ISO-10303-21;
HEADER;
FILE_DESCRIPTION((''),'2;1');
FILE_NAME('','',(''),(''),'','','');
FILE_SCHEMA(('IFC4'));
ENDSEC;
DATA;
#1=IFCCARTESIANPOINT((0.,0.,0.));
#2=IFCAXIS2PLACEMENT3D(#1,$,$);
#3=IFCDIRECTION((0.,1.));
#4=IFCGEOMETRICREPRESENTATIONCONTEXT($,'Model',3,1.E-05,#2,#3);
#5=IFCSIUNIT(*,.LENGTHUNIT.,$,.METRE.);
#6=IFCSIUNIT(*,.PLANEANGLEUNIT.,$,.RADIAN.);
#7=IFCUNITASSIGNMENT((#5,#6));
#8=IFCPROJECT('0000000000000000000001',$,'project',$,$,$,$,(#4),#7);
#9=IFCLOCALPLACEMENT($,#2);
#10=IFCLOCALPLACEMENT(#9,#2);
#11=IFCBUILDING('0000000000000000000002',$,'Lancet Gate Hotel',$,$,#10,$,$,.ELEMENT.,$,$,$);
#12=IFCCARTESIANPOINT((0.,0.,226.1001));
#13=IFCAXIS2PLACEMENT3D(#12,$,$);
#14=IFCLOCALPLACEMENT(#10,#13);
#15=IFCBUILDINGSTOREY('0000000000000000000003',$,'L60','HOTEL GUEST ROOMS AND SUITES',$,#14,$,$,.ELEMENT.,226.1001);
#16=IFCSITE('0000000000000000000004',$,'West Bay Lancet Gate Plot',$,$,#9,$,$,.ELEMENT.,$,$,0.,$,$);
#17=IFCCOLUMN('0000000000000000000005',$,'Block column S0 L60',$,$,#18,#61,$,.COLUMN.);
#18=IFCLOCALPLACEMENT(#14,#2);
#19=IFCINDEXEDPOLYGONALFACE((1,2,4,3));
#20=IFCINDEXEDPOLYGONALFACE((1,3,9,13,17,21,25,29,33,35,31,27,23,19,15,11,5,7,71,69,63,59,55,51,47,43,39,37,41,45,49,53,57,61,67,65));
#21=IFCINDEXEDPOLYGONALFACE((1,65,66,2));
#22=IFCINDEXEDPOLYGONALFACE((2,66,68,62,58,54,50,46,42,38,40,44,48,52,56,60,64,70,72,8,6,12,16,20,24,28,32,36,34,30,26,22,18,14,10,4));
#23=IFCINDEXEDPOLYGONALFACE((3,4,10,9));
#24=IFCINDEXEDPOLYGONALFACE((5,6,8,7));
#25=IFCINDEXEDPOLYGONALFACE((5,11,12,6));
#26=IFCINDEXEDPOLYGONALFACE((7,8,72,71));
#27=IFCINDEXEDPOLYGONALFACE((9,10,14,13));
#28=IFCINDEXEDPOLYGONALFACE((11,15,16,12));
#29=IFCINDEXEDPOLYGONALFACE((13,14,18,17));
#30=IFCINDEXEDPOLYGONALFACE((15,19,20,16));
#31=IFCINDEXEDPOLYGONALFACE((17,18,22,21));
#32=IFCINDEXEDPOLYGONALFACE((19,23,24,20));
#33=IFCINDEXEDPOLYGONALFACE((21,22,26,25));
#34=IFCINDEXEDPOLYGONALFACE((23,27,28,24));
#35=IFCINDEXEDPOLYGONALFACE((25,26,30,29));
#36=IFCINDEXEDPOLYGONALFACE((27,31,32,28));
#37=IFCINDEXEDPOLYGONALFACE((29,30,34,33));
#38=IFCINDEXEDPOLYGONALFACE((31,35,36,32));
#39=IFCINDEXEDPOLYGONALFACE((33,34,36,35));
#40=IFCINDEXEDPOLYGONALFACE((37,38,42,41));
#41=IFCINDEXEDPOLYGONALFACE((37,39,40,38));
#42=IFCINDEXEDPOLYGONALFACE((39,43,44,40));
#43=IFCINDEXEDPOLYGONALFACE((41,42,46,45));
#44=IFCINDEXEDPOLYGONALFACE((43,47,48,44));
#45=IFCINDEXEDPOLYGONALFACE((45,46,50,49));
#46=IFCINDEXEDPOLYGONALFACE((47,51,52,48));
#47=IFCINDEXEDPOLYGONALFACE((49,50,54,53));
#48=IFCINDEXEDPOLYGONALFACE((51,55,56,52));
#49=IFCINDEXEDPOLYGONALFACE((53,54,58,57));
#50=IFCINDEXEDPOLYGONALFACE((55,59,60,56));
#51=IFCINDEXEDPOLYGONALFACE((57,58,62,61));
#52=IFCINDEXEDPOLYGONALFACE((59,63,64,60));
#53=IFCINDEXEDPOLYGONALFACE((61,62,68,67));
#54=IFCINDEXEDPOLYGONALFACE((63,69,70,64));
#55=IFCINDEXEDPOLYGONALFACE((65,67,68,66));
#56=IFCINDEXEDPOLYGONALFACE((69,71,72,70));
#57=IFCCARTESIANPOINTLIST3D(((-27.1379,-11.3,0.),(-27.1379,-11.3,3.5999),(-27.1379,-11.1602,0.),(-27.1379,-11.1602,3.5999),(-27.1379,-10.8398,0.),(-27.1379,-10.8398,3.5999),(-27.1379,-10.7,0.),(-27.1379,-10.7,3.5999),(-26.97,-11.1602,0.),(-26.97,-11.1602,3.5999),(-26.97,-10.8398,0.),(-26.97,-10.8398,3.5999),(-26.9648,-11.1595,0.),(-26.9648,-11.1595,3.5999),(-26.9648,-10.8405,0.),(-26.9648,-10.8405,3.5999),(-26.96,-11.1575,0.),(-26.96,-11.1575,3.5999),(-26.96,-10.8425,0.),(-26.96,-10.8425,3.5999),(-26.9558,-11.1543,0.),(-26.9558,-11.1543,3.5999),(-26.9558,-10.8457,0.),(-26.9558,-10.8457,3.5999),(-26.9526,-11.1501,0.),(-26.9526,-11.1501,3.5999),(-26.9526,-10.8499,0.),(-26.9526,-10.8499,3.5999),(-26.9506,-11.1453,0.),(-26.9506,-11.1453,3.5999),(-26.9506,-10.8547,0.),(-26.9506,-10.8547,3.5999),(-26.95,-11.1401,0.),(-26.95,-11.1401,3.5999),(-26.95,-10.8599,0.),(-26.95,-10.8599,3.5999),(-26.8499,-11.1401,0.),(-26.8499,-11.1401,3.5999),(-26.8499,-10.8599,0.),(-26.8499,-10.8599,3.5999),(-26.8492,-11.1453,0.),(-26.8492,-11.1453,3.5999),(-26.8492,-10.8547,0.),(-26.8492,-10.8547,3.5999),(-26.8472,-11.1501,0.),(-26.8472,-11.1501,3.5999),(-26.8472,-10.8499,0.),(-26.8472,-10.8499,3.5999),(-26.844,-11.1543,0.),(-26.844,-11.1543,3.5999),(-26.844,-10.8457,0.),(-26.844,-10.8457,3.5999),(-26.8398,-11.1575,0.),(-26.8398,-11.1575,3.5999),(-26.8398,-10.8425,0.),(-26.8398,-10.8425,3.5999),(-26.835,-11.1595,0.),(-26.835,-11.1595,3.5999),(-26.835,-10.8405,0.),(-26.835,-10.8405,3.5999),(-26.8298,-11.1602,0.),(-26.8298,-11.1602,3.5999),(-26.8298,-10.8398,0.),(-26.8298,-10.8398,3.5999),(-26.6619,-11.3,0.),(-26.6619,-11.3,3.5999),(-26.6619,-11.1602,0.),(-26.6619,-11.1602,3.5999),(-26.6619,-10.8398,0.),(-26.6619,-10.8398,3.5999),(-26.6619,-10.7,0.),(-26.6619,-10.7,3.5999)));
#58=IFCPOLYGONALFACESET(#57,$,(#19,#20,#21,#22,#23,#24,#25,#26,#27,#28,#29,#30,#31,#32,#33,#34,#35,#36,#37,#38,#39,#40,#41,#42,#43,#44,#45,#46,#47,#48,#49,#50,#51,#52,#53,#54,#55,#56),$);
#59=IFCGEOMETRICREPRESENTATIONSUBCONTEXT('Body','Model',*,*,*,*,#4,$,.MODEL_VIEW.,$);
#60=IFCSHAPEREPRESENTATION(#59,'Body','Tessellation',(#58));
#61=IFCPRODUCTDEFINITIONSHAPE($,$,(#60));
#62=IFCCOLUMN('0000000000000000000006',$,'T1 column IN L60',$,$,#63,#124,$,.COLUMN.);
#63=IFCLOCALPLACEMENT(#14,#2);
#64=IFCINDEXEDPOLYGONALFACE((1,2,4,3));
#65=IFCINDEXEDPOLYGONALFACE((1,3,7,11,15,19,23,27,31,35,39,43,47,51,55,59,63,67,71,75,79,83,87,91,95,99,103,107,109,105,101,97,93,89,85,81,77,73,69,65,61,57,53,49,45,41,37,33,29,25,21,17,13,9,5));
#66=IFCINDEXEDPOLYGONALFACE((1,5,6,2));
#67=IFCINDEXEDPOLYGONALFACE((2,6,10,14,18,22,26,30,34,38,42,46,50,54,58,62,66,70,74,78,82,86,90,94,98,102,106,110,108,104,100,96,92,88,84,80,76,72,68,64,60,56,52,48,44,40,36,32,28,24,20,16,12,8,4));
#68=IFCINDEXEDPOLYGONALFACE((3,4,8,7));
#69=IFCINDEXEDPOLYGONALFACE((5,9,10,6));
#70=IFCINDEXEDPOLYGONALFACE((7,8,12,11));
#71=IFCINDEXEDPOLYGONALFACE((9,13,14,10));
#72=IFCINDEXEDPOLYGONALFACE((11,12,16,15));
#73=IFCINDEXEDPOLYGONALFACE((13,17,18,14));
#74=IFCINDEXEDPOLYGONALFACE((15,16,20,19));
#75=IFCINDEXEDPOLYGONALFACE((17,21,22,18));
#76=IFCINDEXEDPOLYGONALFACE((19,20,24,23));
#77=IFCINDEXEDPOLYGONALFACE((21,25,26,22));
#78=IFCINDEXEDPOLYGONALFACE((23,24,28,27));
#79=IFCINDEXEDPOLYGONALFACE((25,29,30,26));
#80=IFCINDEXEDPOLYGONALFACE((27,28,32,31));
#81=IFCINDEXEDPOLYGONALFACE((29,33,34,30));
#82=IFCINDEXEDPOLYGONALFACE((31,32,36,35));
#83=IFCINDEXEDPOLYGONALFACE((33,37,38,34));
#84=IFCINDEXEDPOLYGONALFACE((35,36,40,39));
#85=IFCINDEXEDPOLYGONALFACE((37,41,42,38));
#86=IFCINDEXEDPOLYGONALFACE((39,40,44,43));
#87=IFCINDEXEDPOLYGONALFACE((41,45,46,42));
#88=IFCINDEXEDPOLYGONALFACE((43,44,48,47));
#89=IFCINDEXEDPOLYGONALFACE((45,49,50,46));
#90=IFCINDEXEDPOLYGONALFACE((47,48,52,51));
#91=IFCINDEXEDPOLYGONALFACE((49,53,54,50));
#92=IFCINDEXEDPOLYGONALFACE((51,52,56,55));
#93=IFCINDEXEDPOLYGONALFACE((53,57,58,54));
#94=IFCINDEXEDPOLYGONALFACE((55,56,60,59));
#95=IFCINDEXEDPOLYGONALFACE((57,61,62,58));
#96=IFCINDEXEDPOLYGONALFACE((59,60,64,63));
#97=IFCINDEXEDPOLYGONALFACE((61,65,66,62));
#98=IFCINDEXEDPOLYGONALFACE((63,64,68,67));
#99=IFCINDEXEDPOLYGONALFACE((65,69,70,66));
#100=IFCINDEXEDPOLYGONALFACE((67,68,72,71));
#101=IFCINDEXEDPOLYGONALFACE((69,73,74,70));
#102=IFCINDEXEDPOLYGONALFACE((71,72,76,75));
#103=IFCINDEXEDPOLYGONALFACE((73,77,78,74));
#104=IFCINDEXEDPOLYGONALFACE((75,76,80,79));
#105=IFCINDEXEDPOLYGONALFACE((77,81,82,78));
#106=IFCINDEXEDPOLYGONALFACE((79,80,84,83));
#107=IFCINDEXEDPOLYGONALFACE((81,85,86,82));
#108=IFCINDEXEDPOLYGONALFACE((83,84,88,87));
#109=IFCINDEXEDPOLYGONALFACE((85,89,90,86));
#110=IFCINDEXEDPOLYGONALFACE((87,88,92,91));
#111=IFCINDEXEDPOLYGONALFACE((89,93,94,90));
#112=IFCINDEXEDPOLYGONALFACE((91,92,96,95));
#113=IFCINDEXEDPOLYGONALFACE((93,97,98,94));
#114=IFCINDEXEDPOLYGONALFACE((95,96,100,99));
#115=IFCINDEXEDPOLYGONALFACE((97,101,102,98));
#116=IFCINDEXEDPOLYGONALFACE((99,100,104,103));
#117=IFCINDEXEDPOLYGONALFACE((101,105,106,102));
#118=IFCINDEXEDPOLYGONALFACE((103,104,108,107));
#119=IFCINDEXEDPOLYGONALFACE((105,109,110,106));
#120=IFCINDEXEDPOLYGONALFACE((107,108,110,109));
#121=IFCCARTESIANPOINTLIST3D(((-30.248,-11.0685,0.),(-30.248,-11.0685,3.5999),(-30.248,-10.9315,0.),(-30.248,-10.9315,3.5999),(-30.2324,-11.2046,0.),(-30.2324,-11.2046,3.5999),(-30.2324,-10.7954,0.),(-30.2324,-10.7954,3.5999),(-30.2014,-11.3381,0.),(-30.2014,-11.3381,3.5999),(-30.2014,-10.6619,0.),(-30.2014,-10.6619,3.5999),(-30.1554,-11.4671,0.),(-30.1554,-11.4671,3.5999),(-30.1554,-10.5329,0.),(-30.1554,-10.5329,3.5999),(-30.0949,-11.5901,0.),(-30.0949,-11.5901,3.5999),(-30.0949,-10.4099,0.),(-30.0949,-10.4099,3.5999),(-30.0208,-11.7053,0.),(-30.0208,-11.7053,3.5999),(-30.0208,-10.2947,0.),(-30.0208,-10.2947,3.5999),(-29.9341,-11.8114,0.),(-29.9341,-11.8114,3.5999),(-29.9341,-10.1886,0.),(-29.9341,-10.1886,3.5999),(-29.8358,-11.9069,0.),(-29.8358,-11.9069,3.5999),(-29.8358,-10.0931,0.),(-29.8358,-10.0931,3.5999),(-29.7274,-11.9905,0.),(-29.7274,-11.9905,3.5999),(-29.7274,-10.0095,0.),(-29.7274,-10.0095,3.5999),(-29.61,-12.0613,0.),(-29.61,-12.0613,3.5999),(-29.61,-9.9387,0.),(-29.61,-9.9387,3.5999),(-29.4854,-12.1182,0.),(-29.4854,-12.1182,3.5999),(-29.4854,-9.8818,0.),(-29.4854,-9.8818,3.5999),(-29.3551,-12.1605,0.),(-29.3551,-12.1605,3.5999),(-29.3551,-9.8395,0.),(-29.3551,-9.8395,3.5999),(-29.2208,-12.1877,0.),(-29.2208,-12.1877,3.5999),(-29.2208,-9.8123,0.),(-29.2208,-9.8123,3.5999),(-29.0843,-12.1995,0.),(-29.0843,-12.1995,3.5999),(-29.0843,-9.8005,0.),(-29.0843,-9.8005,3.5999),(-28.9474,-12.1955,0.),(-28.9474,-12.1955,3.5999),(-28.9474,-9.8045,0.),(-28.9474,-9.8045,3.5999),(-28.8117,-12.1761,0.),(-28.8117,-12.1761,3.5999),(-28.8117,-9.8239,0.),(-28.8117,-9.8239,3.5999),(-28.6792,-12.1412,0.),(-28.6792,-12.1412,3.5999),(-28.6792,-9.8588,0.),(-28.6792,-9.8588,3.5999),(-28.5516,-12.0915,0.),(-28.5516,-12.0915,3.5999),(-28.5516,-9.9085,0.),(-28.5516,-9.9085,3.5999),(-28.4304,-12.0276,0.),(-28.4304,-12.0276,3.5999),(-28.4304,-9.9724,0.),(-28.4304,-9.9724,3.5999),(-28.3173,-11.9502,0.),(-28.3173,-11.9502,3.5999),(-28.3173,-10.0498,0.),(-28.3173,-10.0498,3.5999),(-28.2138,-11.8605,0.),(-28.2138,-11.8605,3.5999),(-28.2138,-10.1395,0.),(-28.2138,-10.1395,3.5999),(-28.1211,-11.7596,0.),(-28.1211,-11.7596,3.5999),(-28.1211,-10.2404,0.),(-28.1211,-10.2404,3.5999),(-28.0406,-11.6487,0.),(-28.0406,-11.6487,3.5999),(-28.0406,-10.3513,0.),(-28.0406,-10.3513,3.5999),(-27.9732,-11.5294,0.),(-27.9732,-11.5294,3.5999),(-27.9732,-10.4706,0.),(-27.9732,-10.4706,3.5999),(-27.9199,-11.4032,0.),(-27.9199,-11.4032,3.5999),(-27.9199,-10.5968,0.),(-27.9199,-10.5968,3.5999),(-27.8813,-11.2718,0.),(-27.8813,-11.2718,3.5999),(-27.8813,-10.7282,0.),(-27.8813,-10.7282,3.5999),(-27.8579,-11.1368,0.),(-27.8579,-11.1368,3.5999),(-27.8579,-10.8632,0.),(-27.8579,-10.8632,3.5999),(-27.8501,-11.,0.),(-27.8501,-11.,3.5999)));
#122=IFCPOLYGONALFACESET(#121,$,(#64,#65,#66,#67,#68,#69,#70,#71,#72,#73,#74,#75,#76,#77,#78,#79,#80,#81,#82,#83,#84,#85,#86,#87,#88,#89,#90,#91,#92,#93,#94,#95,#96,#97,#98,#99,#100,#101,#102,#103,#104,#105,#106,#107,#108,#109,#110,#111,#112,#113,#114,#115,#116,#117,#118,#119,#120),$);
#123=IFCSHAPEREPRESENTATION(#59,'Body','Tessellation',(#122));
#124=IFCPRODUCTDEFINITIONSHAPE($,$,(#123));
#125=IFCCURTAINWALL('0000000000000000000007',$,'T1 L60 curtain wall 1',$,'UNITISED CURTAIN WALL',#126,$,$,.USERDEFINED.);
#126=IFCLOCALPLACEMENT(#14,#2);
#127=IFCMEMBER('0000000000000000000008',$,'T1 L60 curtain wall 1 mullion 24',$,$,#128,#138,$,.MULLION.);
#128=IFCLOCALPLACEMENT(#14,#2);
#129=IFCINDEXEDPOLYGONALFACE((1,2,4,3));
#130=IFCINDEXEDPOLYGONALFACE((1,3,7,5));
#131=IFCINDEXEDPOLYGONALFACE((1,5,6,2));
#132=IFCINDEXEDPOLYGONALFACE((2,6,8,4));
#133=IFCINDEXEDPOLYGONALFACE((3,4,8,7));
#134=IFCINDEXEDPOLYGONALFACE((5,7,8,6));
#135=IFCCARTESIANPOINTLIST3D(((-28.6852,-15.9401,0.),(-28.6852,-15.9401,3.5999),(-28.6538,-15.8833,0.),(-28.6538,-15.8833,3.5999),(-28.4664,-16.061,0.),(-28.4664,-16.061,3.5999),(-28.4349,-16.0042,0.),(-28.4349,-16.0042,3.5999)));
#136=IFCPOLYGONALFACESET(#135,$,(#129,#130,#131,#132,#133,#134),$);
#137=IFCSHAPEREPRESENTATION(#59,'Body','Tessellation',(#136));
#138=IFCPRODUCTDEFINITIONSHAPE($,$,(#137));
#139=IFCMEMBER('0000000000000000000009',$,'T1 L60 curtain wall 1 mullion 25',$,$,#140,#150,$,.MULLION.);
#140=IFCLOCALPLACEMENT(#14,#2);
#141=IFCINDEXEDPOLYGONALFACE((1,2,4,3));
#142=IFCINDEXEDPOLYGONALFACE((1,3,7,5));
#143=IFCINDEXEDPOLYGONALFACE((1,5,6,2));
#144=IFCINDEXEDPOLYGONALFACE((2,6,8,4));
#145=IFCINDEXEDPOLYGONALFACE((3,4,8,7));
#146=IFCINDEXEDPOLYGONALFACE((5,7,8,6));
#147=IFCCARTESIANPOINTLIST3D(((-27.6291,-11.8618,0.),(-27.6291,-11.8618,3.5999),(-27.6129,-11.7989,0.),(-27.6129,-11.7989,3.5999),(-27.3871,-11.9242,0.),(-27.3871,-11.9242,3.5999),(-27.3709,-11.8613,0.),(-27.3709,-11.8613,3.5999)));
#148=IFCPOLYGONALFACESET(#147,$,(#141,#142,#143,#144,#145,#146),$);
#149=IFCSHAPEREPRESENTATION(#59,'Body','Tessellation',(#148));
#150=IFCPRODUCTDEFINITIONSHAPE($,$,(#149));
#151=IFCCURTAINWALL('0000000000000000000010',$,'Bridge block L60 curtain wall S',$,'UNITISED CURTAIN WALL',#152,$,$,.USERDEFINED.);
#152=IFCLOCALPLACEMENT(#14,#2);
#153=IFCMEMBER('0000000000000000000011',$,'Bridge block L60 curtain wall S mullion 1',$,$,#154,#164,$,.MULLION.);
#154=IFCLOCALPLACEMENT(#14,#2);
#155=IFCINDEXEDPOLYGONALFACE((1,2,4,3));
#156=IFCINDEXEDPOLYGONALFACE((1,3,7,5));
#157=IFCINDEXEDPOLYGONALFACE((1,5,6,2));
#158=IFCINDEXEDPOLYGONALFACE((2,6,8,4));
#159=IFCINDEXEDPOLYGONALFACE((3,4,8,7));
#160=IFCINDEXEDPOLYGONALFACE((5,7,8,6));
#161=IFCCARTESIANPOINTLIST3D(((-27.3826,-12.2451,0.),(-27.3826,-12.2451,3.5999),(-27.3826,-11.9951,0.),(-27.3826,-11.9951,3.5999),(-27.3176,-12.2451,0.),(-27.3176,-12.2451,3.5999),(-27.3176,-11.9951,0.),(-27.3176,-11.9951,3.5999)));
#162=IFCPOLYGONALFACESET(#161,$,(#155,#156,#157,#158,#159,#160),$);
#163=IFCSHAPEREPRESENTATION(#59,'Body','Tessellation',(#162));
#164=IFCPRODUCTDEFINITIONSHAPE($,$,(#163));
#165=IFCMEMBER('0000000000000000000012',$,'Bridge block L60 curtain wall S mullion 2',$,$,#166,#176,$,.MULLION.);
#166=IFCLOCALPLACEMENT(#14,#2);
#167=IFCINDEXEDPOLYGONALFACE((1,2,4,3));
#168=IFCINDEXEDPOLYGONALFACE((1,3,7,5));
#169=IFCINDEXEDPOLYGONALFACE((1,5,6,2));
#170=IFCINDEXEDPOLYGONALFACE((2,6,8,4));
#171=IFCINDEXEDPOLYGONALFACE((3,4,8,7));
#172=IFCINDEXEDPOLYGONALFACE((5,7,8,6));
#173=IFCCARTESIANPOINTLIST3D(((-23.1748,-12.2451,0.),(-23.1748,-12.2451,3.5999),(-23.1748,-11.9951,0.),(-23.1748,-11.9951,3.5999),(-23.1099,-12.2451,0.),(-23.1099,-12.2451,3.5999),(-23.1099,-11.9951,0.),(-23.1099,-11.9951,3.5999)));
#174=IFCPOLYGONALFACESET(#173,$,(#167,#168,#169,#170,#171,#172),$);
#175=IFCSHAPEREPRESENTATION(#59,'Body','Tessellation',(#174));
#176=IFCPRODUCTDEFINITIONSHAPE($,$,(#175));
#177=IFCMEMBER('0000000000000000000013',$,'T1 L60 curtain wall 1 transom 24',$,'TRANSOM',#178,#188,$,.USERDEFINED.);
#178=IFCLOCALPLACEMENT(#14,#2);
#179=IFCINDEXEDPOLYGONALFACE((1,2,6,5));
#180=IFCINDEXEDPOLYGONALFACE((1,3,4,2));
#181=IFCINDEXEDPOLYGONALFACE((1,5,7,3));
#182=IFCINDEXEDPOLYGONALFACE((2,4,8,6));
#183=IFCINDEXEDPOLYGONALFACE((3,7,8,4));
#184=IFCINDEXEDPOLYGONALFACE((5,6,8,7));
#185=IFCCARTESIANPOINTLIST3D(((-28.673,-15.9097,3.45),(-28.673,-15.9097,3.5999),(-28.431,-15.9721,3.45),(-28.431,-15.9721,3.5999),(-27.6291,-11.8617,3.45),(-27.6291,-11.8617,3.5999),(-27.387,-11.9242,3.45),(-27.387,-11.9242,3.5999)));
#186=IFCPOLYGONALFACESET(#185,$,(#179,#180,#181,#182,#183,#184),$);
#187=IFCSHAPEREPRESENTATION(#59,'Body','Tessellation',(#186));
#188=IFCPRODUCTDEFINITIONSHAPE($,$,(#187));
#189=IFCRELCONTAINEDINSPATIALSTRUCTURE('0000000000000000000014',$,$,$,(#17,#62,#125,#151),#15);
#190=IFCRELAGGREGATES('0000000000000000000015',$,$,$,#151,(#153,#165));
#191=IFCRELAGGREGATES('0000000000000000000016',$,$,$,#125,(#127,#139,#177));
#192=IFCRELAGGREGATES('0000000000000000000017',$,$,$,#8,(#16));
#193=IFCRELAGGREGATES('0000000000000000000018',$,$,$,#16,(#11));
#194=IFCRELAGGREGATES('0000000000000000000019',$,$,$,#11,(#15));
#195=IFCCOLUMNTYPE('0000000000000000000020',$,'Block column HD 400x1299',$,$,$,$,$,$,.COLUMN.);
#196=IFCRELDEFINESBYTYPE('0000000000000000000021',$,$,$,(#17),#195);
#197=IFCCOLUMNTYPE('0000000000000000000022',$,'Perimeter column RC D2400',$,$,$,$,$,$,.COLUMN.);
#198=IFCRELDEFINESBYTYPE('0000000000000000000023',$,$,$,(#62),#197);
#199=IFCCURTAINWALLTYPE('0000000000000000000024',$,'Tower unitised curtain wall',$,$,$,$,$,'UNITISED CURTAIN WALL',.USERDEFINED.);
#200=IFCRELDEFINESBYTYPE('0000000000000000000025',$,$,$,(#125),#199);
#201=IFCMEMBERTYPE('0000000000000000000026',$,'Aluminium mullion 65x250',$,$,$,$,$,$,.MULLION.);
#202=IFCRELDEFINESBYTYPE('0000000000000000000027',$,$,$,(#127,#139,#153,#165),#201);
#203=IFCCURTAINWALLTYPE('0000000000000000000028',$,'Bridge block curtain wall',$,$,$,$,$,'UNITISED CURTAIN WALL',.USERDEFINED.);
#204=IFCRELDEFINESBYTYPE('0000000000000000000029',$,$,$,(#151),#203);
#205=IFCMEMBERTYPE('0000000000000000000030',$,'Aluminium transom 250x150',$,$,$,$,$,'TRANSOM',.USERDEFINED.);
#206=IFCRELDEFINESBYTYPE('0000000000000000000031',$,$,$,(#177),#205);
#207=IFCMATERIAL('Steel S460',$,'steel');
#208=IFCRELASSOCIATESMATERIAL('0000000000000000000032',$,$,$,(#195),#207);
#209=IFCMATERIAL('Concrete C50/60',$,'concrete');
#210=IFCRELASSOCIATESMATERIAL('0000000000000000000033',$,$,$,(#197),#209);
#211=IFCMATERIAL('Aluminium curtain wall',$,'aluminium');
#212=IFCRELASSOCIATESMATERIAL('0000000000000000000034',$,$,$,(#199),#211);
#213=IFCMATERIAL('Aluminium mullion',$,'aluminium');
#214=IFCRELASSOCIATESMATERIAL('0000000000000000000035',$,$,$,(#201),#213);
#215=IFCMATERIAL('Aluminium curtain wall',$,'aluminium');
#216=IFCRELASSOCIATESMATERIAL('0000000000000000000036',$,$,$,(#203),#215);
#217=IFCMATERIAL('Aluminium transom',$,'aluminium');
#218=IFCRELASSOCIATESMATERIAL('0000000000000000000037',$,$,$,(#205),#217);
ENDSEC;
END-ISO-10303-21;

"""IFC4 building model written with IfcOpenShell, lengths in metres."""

from ifc_helpers import new_model, si_unit, direction, frame, origin, origin_2d, place, context, subcontext, project, spatial, rectangle, circle, i_section, extrude, material, material_profile, profile_set, type_object, element, aggregate, save


model = new_model("IFC4")

# Units and contexts
model_context = context("Model", 3, precision=1e-05, world=origin(), true_north=direction((0.0, 1.0)))
body_context = subcontext(model_context, "Body", "Model", "MODEL_VIEW")
ifc_project = project(units=[si_unit("LENGTHUNIT", "METRE"), si_unit("PLANEANGLEUNIT", "RADIAN")], contexts=[model_context])

# Site, building, storey
site_placement = place(None, origin())
site = spatial("IfcSite", under=ifc_project, at=site_placement, Name="West Bay Lancet Gate Plot", CompositionType="ELEMENT", RefElevation=0.0)
building_placement = place(site_placement, origin())
building = spatial("IfcBuilding", under=site, at=building_placement, Name="Lancet Gate Hotel", CompositionType="ELEMENT")
storey_placement = place(building_placement, frame((0.0, 0.0, 226.1001)))
storey = spatial("IfcBuildingStorey", under=building, at=storey_placement, Name="L60", Description="HOTEL GUEST ROOMS AND SUITES", CompositionType="ELEMENT", Elevation=226.1001)

# Columns
ifc_material_1 = material(Name="Steel S460", Category="steel")
ifc_material_profile_1 = material_profile(ifc_material_1, i_section(OverallWidth=0.4761, OverallDepth=0.6001, WebThickness=0.1001, FlangeThickness=0.1399, FilletRadius=0.02, at=origin_2d()), Name="HD 400x1299")
ifc_profile_set_1 = profile_set([ifc_material_profile_1], Name="Steel S460")
column_type_1 = type_object("IfcColumnType", Name="Block column HD 400x1299", PredefinedType="COLUMN", material=ifc_profile_set_1)
column_1_placement = place(storey_placement, frame((-26.8999, -11.0, 0.0), z_axis=(0.0, 0.0, 1.0), x_axis=(1.0, 0.0, 0.0)))
element("IfcColumn", 1, at=column_1_placement, inside=storey, type_object=column_type_1, Name="Block column S0 L60", PredefinedType="COLUMN", context=body_context, shape_type="SweptSolid", body=[
    extrude(i_section(OverallWidth=0.4761, OverallDepth=0.6001, WebThickness=0.1001, FlangeThickness=0.1399, FilletRadius=0.02, at=origin_2d()), origin(), (0.0, 0.0, 1.0), 3.5999),
])
ifc_material_2 = material(Name="Concrete C50/60", Category="concrete")
ifc_material_profile_2 = material_profile(ifc_material_2, circle(Radius=1.2, at=origin_2d()), Name="RC D2400")
ifc_profile_set_2 = profile_set([ifc_material_profile_2], Name="Concrete C50/60")
column_type_2 = type_object("IfcColumnType", Name="Perimeter column RC D2400", PredefinedType="COLUMN", material=ifc_profile_set_2)
column_2_placement = place(storey_placement, frame((-29.05, -11.0, 0.0), z_axis=(0.0, 0.0, 1.0), x_axis=(1.0, 0.0, 0.0)))
element("IfcColumn", 2, at=column_2_placement, inside=storey, type_object=column_type_2, Name="T1 column IN L60", PredefinedType="COLUMN", context=body_context, shape_type="SweptSolid", body=[
    extrude(circle(Radius=1.2, at=origin_2d()), origin(), (0.0, 0.0, 1.0), 3.5999),
])

# Curtain walls, members
ifc_material_3 = material(Name="Aluminium curtain wall", Category="aluminium")
curtain_wall_type_1 = type_object("IfcCurtainWallType", Name="Tower unitised curtain wall", ElementType="UNITISED CURTAIN WALL", PredefinedType="USERDEFINED", material=ifc_material_3)
curtain_wall_1_placement = place(storey_placement, origin())
curtain_wall_1 = element("IfcCurtainWall", 3, at=curtain_wall_1_placement, inside=storey, type_object=curtain_wall_type_1, Name="T1 L60 curtain wall 1", ObjectType="UNITISED CURTAIN WALL", PredefinedType="USERDEFINED")
ifc_material_4 = material(Name="Aluminium mullion", Category="aluminium")
ifc_material_profile_3 = material_profile(ifc_material_4, rectangle(XDim=0.0649, YDim=0.25, at=origin_2d()), Name="MULLION 65x250")
ifc_profile_set_3 = profile_set([ifc_material_profile_3], Name="Aluminium mullion")
member_type_1 = type_object("IfcMemberType", Name="Aluminium mullion 65x250", PredefinedType="MULLION", material=ifc_profile_set_3)
member_1_placement = place(storey_placement, frame((-28.5601, -15.9722, 0.0), z_axis=(0.0, 0.0, 1.0), x_axis=(0.483627, 0.875274, 0.0)))
member_1 = element("IfcMember", 4, at=member_1_placement, type_object=member_type_1, Name="T1 L60 curtain wall 1 mullion 24", PredefinedType="MULLION", context=body_context, shape_type="SweptSolid", body=[
    extrude(rectangle(XDim=0.0649, YDim=0.25, at=origin_2d()), origin(), (0.0, 0.0, 1.0), 3.5999),
])
member_2_placement = place(storey_placement, frame((-27.5, -11.8616, 0.0), z_axis=(0.0, 0.0, 1.0), x_axis=(0.249726, 0.968317, 0.0)))
member_2 = element("IfcMember", 5, at=member_2_placement, type_object=member_type_1, Name="T1 L60 curtain wall 1 mullion 25", PredefinedType="MULLION", context=body_context, shape_type="SweptSolid", body=[
    extrude(rectangle(XDim=0.0649, YDim=0.25, at=origin_2d()), origin(), (0.0, 0.0, 1.0), 3.5999),
])
ifc_material_5 = material(Name="Aluminium curtain wall", Category="aluminium")
curtain_wall_type_2 = type_object("IfcCurtainWallType", Name="Bridge block curtain wall", ElementType="UNITISED CURTAIN WALL", PredefinedType="USERDEFINED", material=ifc_material_5)
curtain_wall_2_placement = place(storey_placement, origin())
curtain_wall_2 = element("IfcCurtainWall", 6, at=curtain_wall_2_placement, inside=storey, type_object=curtain_wall_type_2, Name="Bridge block L60 curtain wall S", ObjectType="UNITISED CURTAIN WALL", PredefinedType="USERDEFINED")
member_3_placement = place(storey_placement, frame((-27.3501, -12.1201, 0.0), z_axis=(0.0, 0.0, 1.0), x_axis=(1.0, 0.0, 0.0)))
member_3 = element("IfcMember", 7, at=member_3_placement, type_object=member_type_1, Name="Bridge block L60 curtain wall S mullion 1", PredefinedType="MULLION", context=body_context, shape_type="SweptSolid", body=[
    extrude(rectangle(XDim=0.0649, YDim=0.25, at=origin_2d()), origin(), (0.0, 0.0, 1.0), 3.5999),
])
member_4_placement = place(storey_placement, frame((-23.1423, -12.1201, 0.0), z_axis=(0.0, 0.0, 1.0), x_axis=(1.0, 0.0, 0.0)))
member_4 = element("IfcMember", 8, at=member_4_placement, type_object=member_type_1, Name="Bridge block L60 curtain wall S mullion 2", PredefinedType="MULLION", context=body_context, shape_type="SweptSolid", body=[
    extrude(rectangle(XDim=0.0649, YDim=0.25, at=origin_2d()), origin(), (0.0, 0.0, 1.0), 3.5999),
])

# Member
ifc_material_6 = material(Name="Aluminium transom", Category="aluminium")
ifc_material_profile_4 = material_profile(ifc_material_6, rectangle(XDim=0.25, YDim=0.1499, at=origin_2d()), Name="TRANSOM 250x150")
ifc_profile_set_4 = profile_set([ifc_material_profile_4], Name="Aluminium transom")
member_type_2 = type_object("IfcMemberType", Name="Aluminium transom 250x150", ElementType="TRANSOM", PredefinedType="USERDEFINED", material=ifc_profile_set_4)
member_5_placement = place(storey_placement, frame((-28.552, -15.9409, 3.5249), z_axis=(0.249716, 0.968319, 0.0), x_axis=(-0.968319, 0.249716, 0.0)))
member_5 = element("IfcMember", 9, at=member_5_placement, type_object=member_type_2, Name="T1 L60 curtain wall 1 transom 24", ObjectType="TRANSOM", PredefinedType="USERDEFINED", context=body_context, shape_type="SweptSolid", body=[
    extrude(rectangle(XDim=0.25, YDim=0.1499, at=origin_2d()), origin(), (0.0, 0.0, 1.0), 4.1804),
])

aggregate(curtain_wall_2, [member_3, member_4])
aggregate(curtain_wall_1, [member_1, member_2, member_5])

save(model, "model.ifc")
